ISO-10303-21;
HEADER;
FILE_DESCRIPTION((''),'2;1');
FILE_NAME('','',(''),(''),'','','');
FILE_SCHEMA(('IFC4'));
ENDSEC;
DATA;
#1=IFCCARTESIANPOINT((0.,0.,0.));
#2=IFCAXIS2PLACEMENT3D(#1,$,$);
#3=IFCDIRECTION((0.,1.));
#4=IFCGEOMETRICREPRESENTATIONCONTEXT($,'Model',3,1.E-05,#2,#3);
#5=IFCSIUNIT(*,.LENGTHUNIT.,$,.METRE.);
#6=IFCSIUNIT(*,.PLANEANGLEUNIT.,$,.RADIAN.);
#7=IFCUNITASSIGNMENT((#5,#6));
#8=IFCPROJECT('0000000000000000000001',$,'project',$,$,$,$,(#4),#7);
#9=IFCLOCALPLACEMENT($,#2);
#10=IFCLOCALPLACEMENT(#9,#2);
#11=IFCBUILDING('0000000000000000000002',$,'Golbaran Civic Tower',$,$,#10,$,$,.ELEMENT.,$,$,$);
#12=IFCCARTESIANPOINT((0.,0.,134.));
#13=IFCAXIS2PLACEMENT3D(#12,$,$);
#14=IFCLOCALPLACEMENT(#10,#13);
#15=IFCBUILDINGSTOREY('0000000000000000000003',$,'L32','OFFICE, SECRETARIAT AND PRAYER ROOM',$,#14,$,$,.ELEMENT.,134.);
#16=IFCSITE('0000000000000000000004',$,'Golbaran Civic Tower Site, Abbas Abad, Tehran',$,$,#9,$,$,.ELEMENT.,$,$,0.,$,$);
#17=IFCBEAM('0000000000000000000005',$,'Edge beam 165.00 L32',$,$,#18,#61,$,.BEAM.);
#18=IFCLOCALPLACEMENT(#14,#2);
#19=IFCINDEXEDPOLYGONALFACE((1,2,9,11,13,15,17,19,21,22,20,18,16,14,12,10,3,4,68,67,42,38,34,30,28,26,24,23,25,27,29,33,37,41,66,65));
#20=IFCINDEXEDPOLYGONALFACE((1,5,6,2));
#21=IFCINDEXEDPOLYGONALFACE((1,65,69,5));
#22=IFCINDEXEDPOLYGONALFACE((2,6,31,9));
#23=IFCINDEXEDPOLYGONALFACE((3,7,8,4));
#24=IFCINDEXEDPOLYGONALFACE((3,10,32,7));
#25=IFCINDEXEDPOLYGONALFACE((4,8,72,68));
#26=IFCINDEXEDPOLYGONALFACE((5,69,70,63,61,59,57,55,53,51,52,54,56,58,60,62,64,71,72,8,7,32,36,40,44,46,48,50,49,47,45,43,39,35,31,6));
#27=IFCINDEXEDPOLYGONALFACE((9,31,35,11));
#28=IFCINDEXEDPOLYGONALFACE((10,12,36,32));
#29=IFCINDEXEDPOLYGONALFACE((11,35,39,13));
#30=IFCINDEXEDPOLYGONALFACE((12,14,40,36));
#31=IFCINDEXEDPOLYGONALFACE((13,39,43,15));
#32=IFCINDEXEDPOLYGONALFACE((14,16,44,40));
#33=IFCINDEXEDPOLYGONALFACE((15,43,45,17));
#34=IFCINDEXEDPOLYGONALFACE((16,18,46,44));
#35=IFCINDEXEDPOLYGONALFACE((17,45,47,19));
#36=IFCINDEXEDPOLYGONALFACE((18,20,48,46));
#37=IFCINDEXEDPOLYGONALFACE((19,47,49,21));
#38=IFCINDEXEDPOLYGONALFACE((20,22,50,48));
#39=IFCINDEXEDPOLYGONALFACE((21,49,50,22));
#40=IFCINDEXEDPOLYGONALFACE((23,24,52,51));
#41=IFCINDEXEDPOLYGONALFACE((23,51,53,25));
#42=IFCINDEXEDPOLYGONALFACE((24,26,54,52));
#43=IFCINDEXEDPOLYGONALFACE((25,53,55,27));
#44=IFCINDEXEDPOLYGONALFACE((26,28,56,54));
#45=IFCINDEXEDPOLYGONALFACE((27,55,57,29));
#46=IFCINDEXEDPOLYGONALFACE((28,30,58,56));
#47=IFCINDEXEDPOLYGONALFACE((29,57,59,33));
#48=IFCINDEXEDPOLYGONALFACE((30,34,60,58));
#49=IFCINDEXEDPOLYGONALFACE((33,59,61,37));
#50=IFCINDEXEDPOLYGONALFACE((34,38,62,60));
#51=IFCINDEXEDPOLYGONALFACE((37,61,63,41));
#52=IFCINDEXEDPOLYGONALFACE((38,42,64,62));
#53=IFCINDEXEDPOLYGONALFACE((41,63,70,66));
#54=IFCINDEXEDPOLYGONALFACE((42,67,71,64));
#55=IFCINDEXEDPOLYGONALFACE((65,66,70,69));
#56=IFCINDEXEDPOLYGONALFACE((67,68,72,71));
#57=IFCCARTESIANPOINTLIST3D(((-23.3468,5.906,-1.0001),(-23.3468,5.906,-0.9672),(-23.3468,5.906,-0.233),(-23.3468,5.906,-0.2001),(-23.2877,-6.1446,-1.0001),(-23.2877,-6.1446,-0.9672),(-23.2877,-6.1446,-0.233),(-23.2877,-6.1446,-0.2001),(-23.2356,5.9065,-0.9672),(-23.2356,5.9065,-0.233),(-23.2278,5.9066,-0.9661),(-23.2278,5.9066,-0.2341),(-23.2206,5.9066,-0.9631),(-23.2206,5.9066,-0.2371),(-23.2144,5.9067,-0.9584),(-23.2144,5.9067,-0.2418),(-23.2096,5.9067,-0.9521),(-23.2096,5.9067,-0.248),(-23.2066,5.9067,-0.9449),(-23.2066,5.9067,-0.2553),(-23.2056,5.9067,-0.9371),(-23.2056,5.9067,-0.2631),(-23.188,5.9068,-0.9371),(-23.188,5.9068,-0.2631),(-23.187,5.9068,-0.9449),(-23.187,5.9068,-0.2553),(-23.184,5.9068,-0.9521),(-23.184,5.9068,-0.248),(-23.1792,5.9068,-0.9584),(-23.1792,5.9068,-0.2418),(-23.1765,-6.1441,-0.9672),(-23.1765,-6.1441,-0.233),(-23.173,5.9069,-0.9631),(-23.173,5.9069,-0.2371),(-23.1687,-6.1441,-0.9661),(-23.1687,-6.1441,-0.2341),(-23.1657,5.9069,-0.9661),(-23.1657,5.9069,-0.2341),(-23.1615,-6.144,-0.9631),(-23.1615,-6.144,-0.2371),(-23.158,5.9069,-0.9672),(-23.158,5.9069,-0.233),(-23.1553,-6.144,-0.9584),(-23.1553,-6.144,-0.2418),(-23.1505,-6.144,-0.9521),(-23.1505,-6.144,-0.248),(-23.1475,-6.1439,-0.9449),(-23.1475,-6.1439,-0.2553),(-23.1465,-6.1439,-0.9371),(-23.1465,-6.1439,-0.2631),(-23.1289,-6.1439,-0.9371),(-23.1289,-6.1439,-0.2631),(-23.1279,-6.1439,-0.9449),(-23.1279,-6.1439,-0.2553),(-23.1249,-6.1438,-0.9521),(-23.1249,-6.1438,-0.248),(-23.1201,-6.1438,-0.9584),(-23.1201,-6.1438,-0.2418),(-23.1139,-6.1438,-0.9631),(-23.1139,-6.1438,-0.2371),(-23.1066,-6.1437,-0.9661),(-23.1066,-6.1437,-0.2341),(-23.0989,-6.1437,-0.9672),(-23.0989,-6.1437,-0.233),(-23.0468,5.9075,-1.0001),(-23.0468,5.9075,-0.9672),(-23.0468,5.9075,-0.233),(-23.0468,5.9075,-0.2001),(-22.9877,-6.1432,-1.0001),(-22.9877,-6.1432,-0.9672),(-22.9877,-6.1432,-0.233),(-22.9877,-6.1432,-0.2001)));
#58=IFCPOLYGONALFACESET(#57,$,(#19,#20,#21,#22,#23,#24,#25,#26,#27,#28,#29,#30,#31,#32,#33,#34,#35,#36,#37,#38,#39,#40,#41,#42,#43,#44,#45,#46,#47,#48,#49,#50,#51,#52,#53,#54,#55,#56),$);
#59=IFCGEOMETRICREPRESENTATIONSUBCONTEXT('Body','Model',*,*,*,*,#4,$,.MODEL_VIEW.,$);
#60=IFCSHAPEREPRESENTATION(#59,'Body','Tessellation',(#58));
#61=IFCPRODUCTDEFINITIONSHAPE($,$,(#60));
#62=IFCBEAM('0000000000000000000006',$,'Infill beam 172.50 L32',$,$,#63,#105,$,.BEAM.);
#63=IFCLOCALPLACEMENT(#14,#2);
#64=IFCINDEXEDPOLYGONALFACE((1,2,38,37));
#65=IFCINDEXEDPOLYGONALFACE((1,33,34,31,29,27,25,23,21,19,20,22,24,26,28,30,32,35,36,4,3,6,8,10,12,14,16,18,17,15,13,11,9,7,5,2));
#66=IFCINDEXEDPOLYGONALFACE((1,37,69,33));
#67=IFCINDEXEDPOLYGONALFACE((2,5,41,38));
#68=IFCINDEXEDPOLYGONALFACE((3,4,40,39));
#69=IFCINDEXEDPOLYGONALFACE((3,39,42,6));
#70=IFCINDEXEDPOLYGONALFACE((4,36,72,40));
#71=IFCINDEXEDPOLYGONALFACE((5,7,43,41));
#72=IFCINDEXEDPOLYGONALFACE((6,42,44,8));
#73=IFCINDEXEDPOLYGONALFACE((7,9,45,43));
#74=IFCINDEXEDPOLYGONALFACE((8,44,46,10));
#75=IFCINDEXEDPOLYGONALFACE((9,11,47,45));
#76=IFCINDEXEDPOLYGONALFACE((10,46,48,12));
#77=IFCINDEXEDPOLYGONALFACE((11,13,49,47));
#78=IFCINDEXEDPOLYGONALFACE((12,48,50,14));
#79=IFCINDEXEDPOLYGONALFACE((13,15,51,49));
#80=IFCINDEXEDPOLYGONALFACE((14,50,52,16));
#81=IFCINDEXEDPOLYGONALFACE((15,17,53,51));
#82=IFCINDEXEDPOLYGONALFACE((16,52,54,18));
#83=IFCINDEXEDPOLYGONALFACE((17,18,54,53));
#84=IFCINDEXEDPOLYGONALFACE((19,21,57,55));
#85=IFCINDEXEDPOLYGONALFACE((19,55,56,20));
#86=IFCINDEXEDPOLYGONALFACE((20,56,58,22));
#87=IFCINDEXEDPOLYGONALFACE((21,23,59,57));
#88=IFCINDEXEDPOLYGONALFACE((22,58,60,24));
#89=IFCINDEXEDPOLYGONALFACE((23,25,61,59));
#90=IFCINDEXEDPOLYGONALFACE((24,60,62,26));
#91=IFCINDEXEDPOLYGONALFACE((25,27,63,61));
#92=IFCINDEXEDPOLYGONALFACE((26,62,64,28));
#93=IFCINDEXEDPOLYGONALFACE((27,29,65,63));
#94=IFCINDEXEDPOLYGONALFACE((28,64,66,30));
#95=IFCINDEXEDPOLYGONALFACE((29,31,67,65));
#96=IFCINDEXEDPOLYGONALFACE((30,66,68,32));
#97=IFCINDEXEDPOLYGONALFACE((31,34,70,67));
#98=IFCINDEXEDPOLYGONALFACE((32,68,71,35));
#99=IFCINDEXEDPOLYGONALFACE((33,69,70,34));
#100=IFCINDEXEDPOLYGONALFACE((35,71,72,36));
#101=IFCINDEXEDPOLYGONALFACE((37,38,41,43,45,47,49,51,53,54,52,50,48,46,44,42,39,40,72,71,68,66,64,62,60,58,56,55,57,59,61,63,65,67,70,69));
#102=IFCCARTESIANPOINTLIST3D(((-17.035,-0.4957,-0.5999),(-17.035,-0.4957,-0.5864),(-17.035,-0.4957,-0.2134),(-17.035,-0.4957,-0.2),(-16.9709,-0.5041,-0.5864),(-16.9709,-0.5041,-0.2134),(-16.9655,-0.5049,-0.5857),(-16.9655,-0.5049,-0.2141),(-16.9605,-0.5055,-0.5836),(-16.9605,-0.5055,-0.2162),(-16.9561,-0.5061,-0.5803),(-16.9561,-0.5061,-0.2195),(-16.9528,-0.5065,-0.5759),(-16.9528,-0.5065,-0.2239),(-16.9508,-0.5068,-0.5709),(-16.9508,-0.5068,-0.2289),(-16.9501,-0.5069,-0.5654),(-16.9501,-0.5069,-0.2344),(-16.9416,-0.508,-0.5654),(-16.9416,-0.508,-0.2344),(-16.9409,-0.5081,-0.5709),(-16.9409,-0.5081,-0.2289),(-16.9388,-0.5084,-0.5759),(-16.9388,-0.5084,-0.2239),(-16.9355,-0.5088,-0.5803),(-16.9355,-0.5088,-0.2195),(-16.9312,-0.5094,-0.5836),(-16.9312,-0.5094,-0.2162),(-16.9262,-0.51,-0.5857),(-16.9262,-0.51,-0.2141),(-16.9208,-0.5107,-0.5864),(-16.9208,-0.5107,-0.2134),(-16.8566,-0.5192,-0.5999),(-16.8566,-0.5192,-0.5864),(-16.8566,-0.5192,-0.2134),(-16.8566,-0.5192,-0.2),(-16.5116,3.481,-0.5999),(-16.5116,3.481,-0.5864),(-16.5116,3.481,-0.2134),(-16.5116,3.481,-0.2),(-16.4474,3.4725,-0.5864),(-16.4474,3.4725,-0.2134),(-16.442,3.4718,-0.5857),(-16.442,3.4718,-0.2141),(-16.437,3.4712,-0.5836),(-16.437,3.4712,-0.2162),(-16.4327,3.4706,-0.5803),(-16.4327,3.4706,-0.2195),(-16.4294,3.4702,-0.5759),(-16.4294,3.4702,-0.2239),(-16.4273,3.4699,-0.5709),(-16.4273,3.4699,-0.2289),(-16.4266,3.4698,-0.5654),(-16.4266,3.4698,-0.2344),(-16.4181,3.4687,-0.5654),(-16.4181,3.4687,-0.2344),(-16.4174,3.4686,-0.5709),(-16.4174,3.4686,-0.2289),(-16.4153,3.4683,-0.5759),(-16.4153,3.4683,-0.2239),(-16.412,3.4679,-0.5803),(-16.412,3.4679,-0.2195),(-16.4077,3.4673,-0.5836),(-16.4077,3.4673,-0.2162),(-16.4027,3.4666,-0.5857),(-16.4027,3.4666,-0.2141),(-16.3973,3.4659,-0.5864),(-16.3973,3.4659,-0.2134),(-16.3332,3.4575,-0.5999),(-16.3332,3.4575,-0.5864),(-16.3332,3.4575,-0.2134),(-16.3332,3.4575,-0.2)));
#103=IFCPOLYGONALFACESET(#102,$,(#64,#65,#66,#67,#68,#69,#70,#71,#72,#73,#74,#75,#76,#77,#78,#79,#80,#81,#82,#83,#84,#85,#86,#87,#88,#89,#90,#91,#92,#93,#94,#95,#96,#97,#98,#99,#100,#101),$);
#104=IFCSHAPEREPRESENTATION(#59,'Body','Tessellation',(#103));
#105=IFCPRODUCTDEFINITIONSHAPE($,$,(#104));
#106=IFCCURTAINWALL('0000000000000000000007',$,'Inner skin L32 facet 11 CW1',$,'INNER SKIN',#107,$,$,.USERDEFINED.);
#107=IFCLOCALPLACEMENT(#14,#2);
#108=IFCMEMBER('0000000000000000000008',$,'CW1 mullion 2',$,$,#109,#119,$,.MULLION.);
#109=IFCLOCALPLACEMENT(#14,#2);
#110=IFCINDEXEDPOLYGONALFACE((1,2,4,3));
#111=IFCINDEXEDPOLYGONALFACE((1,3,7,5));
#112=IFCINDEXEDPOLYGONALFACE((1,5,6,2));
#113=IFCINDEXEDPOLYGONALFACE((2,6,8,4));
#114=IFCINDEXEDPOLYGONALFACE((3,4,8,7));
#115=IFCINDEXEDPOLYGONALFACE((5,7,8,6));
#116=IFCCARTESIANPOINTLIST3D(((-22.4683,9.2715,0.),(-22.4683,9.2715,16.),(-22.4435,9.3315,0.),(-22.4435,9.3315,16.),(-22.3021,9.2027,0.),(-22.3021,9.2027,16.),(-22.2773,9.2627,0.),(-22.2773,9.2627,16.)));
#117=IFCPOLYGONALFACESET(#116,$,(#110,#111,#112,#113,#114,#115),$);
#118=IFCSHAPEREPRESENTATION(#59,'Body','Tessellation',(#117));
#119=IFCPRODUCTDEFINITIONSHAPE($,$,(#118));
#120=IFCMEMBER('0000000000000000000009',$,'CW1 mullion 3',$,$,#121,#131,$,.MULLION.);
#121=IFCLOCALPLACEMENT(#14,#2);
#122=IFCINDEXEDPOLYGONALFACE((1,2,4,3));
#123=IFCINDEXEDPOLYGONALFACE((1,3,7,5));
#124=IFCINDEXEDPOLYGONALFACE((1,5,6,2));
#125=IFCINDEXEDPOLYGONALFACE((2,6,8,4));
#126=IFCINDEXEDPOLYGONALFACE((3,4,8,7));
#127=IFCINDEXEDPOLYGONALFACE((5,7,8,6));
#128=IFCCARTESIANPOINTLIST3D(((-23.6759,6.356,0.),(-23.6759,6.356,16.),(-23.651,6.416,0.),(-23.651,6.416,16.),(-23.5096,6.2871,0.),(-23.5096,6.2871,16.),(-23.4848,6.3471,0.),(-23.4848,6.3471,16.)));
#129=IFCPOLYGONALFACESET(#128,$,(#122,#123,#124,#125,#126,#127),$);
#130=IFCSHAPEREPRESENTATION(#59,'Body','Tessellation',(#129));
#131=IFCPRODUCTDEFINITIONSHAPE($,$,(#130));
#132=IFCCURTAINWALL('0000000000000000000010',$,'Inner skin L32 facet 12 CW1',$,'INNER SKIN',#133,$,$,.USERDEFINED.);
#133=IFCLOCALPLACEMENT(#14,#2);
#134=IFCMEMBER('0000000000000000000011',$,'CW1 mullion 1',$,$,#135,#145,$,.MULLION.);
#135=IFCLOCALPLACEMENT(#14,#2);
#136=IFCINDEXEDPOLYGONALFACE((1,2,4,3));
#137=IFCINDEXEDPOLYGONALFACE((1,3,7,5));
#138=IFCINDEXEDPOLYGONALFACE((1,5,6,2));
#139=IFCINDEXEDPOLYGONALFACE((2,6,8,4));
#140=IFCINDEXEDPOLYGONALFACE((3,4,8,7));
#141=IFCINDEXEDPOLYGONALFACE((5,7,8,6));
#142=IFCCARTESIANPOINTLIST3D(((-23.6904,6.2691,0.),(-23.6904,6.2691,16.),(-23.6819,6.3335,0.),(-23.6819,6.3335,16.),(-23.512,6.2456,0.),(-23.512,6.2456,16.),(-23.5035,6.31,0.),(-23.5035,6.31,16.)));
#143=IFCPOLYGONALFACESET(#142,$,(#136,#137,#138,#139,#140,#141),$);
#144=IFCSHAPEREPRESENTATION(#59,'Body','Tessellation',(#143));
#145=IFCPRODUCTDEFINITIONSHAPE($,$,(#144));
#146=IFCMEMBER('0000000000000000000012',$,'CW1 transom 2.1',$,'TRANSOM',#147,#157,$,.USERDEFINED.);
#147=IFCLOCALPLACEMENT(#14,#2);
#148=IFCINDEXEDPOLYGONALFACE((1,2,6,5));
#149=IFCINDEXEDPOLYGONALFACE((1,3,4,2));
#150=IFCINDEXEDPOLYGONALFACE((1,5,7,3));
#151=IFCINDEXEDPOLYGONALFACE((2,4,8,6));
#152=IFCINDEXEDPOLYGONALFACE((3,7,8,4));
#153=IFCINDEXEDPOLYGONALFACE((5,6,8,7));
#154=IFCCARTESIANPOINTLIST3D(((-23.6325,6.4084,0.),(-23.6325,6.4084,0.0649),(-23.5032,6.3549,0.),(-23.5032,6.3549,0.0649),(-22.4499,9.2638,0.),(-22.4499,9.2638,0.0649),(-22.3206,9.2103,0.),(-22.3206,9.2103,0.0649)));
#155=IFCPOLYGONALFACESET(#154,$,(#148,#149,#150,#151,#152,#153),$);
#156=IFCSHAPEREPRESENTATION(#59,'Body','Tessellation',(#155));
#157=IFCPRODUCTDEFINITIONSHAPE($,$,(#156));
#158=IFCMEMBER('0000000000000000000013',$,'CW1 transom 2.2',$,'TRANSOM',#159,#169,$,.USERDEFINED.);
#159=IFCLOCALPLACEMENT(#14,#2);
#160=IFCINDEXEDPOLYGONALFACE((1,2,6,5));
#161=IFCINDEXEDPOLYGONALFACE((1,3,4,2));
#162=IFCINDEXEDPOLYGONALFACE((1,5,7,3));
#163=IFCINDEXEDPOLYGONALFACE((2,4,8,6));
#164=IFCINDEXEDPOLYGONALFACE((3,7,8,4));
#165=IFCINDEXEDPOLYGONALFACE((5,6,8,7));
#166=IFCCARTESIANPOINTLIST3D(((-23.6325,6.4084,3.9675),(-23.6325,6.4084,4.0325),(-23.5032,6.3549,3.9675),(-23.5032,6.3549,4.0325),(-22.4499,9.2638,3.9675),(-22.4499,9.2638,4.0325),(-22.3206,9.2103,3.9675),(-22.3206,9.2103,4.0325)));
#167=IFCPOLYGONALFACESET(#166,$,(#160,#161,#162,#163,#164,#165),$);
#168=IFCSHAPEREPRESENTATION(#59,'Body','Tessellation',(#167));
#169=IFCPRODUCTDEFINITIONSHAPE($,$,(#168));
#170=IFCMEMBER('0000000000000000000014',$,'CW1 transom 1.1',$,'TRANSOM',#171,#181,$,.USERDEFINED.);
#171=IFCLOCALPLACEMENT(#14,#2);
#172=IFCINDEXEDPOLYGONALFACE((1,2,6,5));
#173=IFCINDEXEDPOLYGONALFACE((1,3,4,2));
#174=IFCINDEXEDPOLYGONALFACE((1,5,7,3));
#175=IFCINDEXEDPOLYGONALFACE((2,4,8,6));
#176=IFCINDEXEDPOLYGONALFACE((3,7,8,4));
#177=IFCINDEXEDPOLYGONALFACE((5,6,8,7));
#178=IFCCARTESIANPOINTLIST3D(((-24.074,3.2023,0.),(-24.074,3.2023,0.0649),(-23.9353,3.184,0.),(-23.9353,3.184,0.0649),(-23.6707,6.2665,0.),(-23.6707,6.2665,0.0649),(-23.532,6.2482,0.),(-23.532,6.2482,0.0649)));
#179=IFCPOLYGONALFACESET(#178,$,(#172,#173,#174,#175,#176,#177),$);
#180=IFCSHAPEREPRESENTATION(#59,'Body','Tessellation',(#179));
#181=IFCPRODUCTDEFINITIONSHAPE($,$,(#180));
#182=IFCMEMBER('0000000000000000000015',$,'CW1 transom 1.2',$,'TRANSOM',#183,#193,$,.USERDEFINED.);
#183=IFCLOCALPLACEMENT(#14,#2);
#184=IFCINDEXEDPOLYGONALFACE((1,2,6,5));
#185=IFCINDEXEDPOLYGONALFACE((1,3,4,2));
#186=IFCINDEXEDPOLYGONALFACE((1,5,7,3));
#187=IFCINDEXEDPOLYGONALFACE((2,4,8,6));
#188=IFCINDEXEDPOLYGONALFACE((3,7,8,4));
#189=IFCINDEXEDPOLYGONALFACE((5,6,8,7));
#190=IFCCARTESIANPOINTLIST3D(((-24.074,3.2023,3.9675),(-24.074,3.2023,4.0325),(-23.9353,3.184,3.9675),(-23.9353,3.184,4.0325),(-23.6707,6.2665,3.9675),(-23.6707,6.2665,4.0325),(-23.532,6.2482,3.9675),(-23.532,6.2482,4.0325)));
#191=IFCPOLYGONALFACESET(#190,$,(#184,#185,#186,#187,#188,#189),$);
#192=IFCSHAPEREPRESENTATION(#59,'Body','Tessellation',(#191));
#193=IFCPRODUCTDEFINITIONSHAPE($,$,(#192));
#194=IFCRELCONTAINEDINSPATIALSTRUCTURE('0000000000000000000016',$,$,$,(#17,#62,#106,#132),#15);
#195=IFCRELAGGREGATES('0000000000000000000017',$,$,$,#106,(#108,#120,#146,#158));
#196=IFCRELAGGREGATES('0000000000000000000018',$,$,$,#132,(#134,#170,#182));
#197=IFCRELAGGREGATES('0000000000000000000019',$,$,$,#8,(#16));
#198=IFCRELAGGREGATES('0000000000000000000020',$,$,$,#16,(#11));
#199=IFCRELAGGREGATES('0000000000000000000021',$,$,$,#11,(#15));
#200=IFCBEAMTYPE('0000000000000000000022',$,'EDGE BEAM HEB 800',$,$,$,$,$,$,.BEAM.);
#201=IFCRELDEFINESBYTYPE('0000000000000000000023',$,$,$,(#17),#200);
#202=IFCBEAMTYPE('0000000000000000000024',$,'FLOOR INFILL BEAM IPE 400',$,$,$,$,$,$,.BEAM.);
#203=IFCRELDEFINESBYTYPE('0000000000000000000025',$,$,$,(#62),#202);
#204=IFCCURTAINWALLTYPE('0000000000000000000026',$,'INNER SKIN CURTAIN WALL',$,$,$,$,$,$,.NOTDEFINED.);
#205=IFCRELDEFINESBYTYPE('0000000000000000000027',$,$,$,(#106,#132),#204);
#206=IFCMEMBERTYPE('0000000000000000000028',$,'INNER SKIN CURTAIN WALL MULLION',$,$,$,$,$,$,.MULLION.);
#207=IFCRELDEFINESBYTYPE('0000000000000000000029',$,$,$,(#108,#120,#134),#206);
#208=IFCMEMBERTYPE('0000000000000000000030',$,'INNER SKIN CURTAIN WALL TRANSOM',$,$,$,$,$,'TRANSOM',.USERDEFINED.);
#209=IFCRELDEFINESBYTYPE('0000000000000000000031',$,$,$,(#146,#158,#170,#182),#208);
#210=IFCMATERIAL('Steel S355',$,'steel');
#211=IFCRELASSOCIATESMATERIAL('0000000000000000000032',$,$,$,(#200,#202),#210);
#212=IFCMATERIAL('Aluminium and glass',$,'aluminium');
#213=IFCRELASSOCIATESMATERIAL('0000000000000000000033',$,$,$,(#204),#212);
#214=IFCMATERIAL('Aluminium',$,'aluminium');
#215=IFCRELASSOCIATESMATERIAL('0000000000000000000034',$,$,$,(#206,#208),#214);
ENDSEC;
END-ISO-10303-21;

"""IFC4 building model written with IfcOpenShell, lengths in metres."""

from ifc_helpers import new_model, si_unit, direction, frame, origin, origin_2d, place, context, subcontext, project, spatial, rectangle, i_section, extrude, material, material_profile, profile_set, type_object, element, aggregate, save


model = new_model("IFC4")

# Units and contexts
model_context = context("Model", 3, precision=1e-05, world=origin(), true_north=direction((0.0, 1.0)))
body_context = subcontext(model_context, "Body", "Model", "MODEL_VIEW")
ifc_project = project(units=[si_unit("LENGTHUNIT", "METRE"), si_unit("PLANEANGLEUNIT", "RADIAN")], contexts=[model_context])

# Site, building, storey
site_placement = place(None, origin())
site = spatial("IfcSite", under=ifc_project, at=site_placement, Name="Golbaran Civic Tower Site, Abbas Abad, Tehran", CompositionType="ELEMENT", RefElevation=0.0)
building_placement = place(site_placement, origin())
building = spatial("IfcBuilding", under=site, at=building_placement, Name="Golbaran Civic Tower", CompositionType="ELEMENT")
storey_placement = place(building_placement, frame((0.0, 0.0, 134.0)))
storey = spatial("IfcBuildingStorey", under=building, at=storey_placement, Name="L32", Description="OFFICE, SECRETARIAT AND PRAYER ROOM", CompositionType="ELEMENT", Elevation=134.0)

# Beams
ifc_material_1 = material(Name="Steel S355", Category="steel")
ifc_material_profile_1 = material_profile(ifc_material_1, i_section(OverallWidth=0.3, OverallDepth=0.8, WebThickness=0.0176, FlangeThickness=0.033, FilletRadius=0.03, at=origin_2d()), Name="HEB 800")
ifc_profile_set_1 = profile_set([ifc_material_profile_1], Name="Steel S355")
beam_type_1 = type_object("IfcBeamType", Name="EDGE BEAM HEB 800", PredefinedType="BEAM", material=ifc_profile_set_1)
beam_1_placement = place(storey_placement, frame((-23.1968, 5.9067, -0.6001), z_axis=(0.004903, -0.999988, 0.0), x_axis=(0.999988, 0.004903, 0.0)))
element("IfcBeam", 1, at=beam_1_placement, inside=storey, type_object=beam_type_1, Name="Edge beam 165.00 L32", PredefinedType="BEAM", context=body_context, shape_type="SweptSolid", body=[
    extrude(i_section(OverallWidth=0.3, OverallDepth=0.8, WebThickness=0.0176, FlangeThickness=0.033, FilletRadius=0.03, at=origin_2d()), origin(), (0.0, 0.0, 1.0), 12.0508),
])
ifc_material_profile_2 = material_profile(ifc_material_1, i_section(OverallWidth=0.1799, OverallDepth=0.3999, WebThickness=0.0085, FlangeThickness=0.0134, FilletRadius=0.021, at=origin_2d()), Name="IPE 400")
ifc_profile_set_2 = profile_set([ifc_material_profile_2], Name="Steel S355")
beam_type_2 = type_object("IfcBeamType", Name="FLOOR INFILL BEAM IPE 400", PredefinedType="BEAM", material=ifc_profile_set_2)
beam_2_placement = place(storey_placement, frame((-16.4224, 3.4692, -0.3999), z_axis=(-0.130505, -0.991448, 0.0), x_axis=(0.991448, -0.130505, 0.0)))
element("IfcBeam", 2, at=beam_2_placement, inside=storey, type_object=beam_type_2, Name="Infill beam 172.50 L32", PredefinedType="BEAM", context=body_context, shape_type="SweptSolid", body=[
    extrude(i_section(OverallWidth=0.1799, OverallDepth=0.3999, WebThickness=0.0085, FlangeThickness=0.0134, FilletRadius=0.021, at=origin_2d()), origin(), (0.0, 0.0, 1.0), 4.011),
])

# Curtain wall, members
ifc_material_2 = material(Name="Aluminium and glass", Category="aluminium")
curtain_wall_type = type_object("IfcCurtainWallType", Name="INNER SKIN CURTAIN WALL", PredefinedType="NOTDEFINED", material=ifc_material_2)
curtain_wall_1_placement = place(storey_placement, origin())
curtain_wall_1 = element("IfcCurtainWall", 3, at=curtain_wall_1_placement, inside=storey, type_object=curtain_wall_type, Name="Inner skin L32 facet 11 CW1", ObjectType="INNER SKIN", PredefinedType="USERDEFINED")
ifc_material_3 = material(Name="Aluminium", Category="aluminium")
ifc_material_profile_3 = material_profile(ifc_material_3, rectangle(XDim=0.1799, YDim=0.0649, at=origin_2d()), Name="INNER SKIN CURTAIN WALL MULLION")
ifc_profile_set_3 = profile_set([ifc_material_profile_3], Name="Aluminium")
member_type_1 = type_object("IfcMemberType", Name="INNER SKIN CURTAIN WALL MULLION", PredefinedType="MULLION", material=ifc_profile_set_3)
member_1_placement = place(storey_placement, frame((-22.3728, 9.2671, 0.0), z_axis=(0.0, 0.0, 1.0), x_axis=(0.92388, -0.382683, 0.0)))
member_1 = element("IfcMember", 4, at=member_1_placement, type_object=member_type_1, Name="CW1 mullion 2", PredefinedType="MULLION", context=body_context, shape_type="SweptSolid", body=[
    extrude(rectangle(XDim=0.1799, YDim=0.0649, at=origin_2d()), origin(), (0.0, 0.0, 1.0), 16.0),
])
member_2_placement = place(storey_placement, frame((-23.5803, 6.3516, 0.0), z_axis=(0.0, 0.0, 1.0), x_axis=(0.92388, -0.382683, 0.0)))
member_2 = element("IfcMember", 5, at=member_2_placement, type_object=member_type_1, Name="CW1 mullion 3", PredefinedType="MULLION", context=body_context, shape_type="SweptSolid", body=[
    extrude(rectangle(XDim=0.1799, YDim=0.0649, at=origin_2d()), origin(), (0.0, 0.0, 1.0), 16.0),
])

# Curtain wall, member
curtain_wall_2_placement = place(storey_placement, origin())
curtain_wall_2 = element("IfcCurtainWall", 6, at=curtain_wall_2_placement, inside=storey, type_object=curtain_wall_type, Name="Inner skin L32 facet 12 CW1", ObjectType="INNER SKIN", PredefinedType="USERDEFINED")
member_3_placement = place(storey_placement, frame((-23.5969, 6.2896, 0.0), z_axis=(0.0, 0.0, 1.0), x_axis=(0.991445, -0.130526, 0.0)))
member_3 = element("IfcMember", 7, at=member_3_placement, type_object=member_type_1, Name="CW1 mullion 1", PredefinedType="MULLION", context=body_context, shape_type="SweptSolid", body=[
    extrude(rectangle(XDim=0.1799, YDim=0.0649, at=origin_2d()), origin(), (0.0, 0.0, 1.0), 16.0),
])

# Members
ifc_material_profile_4 = material_profile(ifc_material_3, rectangle(XDim=0.1399, YDim=0.0649, at=origin_2d()), Name="INNER SKIN CURTAIN WALL TRANSOM")
ifc_profile_set_4 = profile_set([ifc_material_profile_4], Name="Aluminium")
member_type_2 = type_object("IfcMemberType", Name="INNER SKIN CURTAIN WALL TRANSOM", ElementType="TRANSOM", PredefinedType="USERDEFINED", material=ifc_profile_set_4)
member_4_placement = place(storey_placement, frame((-22.3853, 9.2371, 0.0325), z_axis=(-0.38264, -0.923897, 0.0), x_axis=(0.923897, -0.38264, 0.0)))
member_4 = element("IfcMember", 8, at=member_4_placement, type_object=member_type_2, Name="CW1 transom 2.1", ObjectType="TRANSOM", PredefinedType="USERDEFINED", context=body_context, shape_type="SweptSolid", body=[
    extrude(rectangle(XDim=0.1399, YDim=0.0649, at=origin_2d()), origin(), (0.0, 0.0, 1.0), 3.0906),
])
member_5_placement = place(storey_placement, frame((-22.3853, 9.2371, 4.0), z_axis=(-0.38264, -0.923897, 0.0), x_axis=(0.923897, -0.38264, 0.0)))
member_5 = element("IfcMember", 9, at=member_5_placement, type_object=member_type_2, Name="CW1 transom 2.2", ObjectType="TRANSOM", PredefinedType="USERDEFINED", context=body_context, shape_type="SweptSolid", body=[
    extrude(rectangle(XDim=0.1399, YDim=0.0649, at=origin_2d()), origin(), (0.0, 0.0, 1.0), 3.0906),
])
member_6_placement = place(storey_placement, frame((-23.6013, 6.2573, 0.0325), z_axis=(-0.130497, -0.991449, 0.0), x_axis=(0.991449, -0.130497, 0.0)))
member_6 = element("IfcMember", 10, at=member_6_placement, type_object=member_type_2, Name="CW1 transom 1.1", ObjectType="TRANSOM", PredefinedType="USERDEFINED", context=body_context, shape_type="SweptSolid", body=[
    extrude(rectangle(XDim=0.1399, YDim=0.0649, at=origin_2d()), origin(), (0.0, 0.0, 1.0), 3.0906),
])
member_7_placement = place(storey_placement, frame((-23.6013, 6.2573, 4.0), z_axis=(-0.130497, -0.991449, 0.0), x_axis=(0.991449, -0.130497, 0.0)))
member_7 = element("IfcMember", 11, at=member_7_placement, type_object=member_type_2, Name="CW1 transom 1.2", ObjectType="TRANSOM", PredefinedType="USERDEFINED", context=body_context, shape_type="SweptSolid", body=[
    extrude(rectangle(XDim=0.1399, YDim=0.0649, at=origin_2d()), origin(), (0.0, 0.0, 1.0), 3.0906),
])

aggregate(curtain_wall_1, [member_1, member_2, member_4, member_5])
aggregate(curtain_wall_2, [member_3, member_6, member_7])

save(model, "model.ifc")
